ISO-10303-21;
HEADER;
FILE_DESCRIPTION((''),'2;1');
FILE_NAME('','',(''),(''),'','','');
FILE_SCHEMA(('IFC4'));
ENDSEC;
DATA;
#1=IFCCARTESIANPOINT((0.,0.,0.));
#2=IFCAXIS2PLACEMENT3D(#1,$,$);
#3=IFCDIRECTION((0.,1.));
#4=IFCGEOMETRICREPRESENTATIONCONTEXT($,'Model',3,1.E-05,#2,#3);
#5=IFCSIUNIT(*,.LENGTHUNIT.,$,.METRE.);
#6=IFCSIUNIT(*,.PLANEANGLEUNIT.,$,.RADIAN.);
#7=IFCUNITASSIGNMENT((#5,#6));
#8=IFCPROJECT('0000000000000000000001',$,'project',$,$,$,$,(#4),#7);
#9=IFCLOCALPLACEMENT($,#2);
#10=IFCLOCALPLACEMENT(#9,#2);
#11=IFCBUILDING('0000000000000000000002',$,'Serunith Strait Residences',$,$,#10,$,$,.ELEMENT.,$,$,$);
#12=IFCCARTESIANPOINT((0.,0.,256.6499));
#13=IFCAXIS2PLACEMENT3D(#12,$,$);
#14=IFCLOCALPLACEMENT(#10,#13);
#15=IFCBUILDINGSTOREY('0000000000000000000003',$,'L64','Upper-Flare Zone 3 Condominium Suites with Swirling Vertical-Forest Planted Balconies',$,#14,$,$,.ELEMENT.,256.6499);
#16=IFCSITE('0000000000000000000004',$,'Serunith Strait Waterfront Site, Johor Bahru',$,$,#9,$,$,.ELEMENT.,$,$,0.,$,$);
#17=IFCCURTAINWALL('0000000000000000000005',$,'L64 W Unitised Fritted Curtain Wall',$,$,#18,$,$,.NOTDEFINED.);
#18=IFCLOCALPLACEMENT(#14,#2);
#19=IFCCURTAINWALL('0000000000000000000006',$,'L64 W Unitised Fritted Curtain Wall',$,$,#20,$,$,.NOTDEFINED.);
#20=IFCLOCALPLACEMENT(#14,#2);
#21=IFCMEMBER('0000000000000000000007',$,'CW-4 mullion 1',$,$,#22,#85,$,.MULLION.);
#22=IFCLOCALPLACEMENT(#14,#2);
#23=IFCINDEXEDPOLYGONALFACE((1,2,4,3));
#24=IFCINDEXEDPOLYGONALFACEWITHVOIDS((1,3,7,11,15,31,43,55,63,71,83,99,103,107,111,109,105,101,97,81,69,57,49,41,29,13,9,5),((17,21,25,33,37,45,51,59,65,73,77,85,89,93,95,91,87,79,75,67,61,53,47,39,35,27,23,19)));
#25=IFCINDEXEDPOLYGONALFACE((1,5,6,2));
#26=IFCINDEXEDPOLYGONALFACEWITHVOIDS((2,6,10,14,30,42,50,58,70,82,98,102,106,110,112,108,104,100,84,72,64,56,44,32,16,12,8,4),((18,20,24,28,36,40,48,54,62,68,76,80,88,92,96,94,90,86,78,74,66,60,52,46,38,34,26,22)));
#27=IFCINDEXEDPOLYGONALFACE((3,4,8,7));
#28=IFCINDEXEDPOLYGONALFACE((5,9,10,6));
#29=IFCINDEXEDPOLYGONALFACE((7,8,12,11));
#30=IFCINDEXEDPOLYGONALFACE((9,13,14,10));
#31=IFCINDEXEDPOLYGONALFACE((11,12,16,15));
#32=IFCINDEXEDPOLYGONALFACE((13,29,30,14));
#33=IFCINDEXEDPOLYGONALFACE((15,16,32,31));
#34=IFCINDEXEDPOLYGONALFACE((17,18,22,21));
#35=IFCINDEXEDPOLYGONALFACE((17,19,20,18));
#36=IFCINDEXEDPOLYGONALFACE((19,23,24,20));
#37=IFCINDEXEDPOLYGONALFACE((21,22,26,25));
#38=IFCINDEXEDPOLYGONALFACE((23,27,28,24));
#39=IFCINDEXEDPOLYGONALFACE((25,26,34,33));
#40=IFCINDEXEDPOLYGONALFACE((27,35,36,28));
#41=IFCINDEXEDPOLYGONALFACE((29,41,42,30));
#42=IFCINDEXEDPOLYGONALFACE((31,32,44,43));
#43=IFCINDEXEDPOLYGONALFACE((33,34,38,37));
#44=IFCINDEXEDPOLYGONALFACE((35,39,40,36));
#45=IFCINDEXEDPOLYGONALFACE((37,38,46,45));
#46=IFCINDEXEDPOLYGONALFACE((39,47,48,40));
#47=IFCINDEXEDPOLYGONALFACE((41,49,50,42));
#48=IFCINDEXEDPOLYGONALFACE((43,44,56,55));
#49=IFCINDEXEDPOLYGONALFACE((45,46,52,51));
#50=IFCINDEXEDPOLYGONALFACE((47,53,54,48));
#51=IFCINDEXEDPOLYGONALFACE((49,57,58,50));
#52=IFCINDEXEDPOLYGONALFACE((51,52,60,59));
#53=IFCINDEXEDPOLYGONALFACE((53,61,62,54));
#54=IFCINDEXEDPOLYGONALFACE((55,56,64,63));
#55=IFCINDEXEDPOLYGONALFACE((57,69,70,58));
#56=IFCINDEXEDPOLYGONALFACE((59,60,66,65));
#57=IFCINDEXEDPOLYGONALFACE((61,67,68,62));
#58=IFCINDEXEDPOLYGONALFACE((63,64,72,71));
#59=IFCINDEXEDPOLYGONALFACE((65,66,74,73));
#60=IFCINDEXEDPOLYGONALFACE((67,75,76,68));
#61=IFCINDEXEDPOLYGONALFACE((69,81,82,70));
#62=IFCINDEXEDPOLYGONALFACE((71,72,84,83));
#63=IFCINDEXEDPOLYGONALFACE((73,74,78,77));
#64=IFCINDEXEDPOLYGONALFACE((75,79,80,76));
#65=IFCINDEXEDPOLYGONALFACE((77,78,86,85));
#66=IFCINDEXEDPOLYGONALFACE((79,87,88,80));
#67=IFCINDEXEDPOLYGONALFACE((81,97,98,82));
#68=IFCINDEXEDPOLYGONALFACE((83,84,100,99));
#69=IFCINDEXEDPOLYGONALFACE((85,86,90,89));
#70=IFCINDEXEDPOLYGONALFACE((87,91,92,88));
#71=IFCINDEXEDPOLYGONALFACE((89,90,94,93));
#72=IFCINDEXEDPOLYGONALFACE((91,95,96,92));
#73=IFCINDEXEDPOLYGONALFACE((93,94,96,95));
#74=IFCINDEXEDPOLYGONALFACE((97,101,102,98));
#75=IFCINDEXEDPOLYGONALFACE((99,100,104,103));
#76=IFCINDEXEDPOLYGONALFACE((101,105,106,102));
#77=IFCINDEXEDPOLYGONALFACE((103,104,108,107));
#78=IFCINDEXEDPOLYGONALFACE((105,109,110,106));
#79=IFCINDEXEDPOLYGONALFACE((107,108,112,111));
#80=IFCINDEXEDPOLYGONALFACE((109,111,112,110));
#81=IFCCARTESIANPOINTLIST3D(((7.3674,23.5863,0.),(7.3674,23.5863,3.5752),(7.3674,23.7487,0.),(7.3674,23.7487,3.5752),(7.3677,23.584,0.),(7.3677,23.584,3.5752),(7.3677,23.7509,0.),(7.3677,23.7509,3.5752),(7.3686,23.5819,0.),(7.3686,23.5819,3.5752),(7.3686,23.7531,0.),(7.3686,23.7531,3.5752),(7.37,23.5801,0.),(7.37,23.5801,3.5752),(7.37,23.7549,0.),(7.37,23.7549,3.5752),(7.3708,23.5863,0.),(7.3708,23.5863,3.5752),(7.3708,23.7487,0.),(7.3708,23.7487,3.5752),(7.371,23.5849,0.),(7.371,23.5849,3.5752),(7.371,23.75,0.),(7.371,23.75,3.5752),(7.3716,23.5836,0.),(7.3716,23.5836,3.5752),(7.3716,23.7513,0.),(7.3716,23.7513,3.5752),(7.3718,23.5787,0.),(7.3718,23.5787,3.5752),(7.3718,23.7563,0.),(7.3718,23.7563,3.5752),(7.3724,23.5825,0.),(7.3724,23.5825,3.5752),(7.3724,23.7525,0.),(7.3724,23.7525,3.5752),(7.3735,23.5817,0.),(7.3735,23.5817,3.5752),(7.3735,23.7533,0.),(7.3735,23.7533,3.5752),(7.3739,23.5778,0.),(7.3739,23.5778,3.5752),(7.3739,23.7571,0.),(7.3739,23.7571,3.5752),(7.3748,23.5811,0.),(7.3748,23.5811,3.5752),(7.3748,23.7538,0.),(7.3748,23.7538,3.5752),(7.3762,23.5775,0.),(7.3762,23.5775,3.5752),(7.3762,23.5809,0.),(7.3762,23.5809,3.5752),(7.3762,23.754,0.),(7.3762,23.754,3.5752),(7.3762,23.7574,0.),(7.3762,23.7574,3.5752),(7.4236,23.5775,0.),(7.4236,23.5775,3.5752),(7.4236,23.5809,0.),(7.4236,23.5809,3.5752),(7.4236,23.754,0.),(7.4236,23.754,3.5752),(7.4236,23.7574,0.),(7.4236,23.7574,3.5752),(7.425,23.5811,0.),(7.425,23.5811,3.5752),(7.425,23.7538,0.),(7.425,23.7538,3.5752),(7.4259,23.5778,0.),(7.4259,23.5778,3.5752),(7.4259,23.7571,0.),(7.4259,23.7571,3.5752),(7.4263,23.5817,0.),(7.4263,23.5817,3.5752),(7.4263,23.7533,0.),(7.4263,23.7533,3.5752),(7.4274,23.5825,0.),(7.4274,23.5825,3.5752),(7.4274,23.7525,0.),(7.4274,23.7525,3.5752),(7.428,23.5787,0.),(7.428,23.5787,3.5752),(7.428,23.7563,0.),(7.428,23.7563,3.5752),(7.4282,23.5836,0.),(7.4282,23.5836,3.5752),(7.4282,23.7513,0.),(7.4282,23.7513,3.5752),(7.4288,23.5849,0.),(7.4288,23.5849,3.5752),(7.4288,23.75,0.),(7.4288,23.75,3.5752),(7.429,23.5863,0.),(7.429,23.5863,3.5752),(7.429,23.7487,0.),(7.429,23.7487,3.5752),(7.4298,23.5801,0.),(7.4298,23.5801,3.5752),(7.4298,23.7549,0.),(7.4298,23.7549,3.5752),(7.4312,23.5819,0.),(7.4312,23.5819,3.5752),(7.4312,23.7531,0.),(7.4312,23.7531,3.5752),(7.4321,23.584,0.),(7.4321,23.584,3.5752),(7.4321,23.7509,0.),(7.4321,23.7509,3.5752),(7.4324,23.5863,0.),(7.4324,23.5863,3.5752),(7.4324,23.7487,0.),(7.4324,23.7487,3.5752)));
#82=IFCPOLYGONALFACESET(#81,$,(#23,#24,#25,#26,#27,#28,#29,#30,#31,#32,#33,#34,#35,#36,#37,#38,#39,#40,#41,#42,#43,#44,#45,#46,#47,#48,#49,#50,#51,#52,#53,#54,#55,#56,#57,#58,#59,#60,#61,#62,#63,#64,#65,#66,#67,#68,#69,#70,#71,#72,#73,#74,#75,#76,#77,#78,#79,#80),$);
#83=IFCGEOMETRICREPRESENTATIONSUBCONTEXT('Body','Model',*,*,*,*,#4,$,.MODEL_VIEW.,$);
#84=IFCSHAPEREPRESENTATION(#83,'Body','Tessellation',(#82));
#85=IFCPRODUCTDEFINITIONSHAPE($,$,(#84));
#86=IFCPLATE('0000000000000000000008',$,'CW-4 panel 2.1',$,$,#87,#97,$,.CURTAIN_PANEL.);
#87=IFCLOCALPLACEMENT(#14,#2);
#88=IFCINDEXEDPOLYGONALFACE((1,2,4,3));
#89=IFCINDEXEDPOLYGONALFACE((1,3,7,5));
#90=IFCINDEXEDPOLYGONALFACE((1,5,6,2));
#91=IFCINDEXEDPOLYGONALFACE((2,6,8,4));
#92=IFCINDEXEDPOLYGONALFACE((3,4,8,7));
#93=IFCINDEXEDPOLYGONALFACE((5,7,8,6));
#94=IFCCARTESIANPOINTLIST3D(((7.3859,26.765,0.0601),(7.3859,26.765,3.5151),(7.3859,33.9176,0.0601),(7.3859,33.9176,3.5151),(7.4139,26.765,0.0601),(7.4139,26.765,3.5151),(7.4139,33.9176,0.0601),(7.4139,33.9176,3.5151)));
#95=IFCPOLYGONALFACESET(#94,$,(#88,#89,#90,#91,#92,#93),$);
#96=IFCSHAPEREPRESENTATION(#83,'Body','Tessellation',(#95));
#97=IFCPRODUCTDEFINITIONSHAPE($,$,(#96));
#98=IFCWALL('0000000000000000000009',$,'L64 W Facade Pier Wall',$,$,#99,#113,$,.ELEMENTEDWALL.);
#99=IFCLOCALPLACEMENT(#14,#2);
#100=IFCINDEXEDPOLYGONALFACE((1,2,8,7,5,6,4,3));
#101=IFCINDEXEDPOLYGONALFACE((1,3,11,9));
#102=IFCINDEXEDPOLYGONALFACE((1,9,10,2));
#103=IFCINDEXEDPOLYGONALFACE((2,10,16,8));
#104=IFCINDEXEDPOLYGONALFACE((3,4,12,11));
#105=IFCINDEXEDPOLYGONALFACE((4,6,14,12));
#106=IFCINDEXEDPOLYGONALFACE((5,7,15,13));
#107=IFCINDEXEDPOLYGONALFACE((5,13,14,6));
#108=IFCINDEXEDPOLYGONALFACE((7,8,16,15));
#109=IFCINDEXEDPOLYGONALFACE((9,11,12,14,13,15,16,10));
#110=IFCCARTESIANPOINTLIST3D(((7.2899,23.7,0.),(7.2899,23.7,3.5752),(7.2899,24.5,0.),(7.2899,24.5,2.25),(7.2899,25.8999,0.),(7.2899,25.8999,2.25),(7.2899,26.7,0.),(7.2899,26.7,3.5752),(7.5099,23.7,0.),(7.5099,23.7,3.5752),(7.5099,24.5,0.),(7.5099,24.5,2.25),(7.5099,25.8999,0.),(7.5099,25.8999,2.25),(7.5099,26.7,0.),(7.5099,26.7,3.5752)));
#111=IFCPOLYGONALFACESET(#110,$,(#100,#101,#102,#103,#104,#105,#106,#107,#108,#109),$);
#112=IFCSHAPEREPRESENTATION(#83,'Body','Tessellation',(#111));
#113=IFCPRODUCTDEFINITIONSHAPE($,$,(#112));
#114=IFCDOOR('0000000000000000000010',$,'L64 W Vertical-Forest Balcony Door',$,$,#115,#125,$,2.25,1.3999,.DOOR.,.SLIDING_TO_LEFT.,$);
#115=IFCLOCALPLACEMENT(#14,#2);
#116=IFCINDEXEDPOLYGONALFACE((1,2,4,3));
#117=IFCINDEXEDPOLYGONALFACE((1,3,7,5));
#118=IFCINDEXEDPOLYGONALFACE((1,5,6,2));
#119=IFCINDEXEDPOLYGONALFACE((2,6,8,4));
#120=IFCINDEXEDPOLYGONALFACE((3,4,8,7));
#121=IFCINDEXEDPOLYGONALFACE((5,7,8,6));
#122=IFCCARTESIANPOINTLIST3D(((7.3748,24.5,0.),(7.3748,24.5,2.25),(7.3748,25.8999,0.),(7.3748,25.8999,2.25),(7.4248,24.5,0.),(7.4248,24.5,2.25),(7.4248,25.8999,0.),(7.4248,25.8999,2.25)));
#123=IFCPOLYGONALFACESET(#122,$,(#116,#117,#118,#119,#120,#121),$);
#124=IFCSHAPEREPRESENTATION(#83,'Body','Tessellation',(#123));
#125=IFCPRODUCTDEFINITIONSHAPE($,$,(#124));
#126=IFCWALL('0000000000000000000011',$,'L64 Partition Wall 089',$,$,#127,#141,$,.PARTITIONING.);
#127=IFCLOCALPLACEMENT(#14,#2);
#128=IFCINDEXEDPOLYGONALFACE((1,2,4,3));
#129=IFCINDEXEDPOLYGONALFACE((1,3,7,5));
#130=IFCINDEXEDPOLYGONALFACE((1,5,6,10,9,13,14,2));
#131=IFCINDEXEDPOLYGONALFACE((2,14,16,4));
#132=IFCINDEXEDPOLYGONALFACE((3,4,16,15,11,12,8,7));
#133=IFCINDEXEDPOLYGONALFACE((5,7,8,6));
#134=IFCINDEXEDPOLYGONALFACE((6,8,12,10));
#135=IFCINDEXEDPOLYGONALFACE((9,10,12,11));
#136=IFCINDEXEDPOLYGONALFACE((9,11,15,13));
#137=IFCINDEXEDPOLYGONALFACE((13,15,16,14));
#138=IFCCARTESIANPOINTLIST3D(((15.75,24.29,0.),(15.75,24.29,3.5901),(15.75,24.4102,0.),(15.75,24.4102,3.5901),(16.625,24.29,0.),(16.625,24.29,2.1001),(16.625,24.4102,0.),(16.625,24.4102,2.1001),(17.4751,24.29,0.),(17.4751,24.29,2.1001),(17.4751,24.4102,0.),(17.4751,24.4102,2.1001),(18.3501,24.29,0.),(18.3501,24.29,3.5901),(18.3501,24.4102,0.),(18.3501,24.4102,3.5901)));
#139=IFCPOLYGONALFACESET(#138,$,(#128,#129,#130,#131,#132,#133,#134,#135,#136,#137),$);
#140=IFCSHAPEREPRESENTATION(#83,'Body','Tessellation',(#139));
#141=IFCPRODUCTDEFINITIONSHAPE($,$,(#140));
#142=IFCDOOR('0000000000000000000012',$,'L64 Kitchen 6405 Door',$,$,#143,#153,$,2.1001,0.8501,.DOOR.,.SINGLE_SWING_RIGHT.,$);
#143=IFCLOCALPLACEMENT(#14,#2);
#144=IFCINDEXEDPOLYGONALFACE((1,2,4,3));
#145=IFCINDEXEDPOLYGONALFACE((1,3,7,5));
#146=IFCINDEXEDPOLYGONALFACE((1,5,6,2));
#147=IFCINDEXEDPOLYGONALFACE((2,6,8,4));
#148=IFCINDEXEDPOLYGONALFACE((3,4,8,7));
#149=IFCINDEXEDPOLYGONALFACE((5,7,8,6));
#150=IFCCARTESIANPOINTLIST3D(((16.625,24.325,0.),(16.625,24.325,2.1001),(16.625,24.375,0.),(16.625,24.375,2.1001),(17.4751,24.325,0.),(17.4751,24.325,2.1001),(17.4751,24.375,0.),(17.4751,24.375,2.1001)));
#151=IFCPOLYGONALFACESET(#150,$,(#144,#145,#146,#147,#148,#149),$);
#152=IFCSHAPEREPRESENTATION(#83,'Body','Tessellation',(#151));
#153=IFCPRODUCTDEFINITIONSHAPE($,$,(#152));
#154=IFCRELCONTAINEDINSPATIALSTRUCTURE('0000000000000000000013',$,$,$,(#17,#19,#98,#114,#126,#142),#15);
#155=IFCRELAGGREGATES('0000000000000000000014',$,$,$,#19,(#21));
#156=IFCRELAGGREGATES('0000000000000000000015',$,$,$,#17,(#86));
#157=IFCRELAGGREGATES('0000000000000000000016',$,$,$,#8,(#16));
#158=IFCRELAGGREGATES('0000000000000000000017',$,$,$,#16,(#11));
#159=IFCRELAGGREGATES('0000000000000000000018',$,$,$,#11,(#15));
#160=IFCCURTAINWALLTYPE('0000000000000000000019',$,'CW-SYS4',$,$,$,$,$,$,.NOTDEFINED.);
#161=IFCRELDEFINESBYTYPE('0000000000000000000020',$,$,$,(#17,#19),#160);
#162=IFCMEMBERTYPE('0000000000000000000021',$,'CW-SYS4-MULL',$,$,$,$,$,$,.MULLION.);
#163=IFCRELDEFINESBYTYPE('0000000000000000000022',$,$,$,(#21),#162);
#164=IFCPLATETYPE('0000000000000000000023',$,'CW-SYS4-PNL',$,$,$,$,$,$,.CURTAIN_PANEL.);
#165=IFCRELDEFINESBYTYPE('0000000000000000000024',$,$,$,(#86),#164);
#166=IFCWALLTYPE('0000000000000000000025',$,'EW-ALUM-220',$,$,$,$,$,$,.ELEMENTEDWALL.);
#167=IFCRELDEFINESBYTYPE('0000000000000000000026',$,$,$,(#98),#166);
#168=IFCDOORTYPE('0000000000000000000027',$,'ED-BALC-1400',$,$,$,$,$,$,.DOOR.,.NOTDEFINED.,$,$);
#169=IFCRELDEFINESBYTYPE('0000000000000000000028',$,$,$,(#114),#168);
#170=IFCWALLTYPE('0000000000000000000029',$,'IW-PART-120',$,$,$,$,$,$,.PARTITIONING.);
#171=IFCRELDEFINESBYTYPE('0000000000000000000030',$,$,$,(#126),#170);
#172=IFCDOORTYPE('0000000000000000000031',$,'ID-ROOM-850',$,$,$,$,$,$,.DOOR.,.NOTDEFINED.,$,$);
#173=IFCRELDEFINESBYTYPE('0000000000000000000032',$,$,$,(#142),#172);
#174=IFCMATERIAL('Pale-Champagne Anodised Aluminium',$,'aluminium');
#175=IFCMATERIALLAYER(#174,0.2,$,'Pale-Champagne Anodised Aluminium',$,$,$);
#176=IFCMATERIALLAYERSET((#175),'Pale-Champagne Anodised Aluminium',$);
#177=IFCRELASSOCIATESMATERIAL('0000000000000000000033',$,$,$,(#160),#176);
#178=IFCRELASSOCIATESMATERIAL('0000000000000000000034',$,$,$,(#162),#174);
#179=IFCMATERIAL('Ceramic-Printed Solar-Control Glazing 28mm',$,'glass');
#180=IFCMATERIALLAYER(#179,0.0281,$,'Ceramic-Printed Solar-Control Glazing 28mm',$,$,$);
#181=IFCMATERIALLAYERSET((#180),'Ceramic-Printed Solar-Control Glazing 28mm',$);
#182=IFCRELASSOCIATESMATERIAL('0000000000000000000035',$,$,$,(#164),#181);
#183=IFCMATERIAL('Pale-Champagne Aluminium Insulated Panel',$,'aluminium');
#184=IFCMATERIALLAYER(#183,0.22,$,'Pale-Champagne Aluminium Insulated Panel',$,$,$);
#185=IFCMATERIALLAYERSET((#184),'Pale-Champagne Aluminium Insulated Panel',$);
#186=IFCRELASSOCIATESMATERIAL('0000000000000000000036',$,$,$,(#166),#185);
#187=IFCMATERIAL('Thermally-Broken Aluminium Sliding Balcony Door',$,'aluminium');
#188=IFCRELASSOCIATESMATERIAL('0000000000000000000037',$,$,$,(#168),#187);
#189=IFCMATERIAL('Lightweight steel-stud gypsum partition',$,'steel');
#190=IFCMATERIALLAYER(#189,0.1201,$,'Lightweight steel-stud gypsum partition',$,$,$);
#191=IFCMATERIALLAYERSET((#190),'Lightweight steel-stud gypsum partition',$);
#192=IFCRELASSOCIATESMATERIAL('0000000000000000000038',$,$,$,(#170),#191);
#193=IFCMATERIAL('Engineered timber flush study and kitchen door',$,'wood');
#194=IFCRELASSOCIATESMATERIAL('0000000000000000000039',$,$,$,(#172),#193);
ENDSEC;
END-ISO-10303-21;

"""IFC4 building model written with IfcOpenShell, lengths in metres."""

from ifc_helpers import new_model, si_unit, direction, frame, frame_2d, origin, origin_2d, place, context, subcontext, project, spatial, rectangle, hollow_rectangle, extrude, source, transform, mapped, material, layer, layer_set, material_profile, profile_set, type_object, element, fill, aggregate, save


model = new_model("IFC4")

# Units and contexts
model_context = context("Model", 3, precision=1e-05, world=origin(), true_north=direction((0.0, 1.0)))
body_context = subcontext(model_context, "Body", "Model", "MODEL_VIEW")
ifc_project = project(units=[si_unit("LENGTHUNIT", "METRE"), si_unit("PLANEANGLEUNIT", "RADIAN")], contexts=[model_context])

# Site, building, storey
site_placement = place(None, origin())
site = spatial("IfcSite", under=ifc_project, at=site_placement, Name="Serunith Strait Waterfront Site, Johor Bahru", CompositionType="ELEMENT", RefElevation=0.0)
building_placement = place(site_placement, origin())
building = spatial("IfcBuilding", under=site, at=building_placement, Name="Serunith Strait Residences", CompositionType="ELEMENT")
storey_placement = place(building_placement, frame((0.0, 0.0, 256.6499)))
storey = spatial("IfcBuildingStorey", under=building, at=storey_placement, Name="L64", Description="Upper-Flare Zone 3 Condominium Suites with Swirling Vertical-Forest Planted Balconies", CompositionType="ELEMENT", Elevation=256.6499)

# Curtain wall
ifc_material_1 = material(Name="Pale-Champagne Anodised Aluminium", Category="aluminium")
ifc_layer_1 = layer(ifc_material_1, 0.2, Name="Pale-Champagne Anodised Aluminium")
ifc_layer_set_1 = layer_set([ifc_layer_1], Name="Pale-Champagne Anodised Aluminium")
curtain_wall_type = type_object("IfcCurtainWallType", Name="CW-SYS4", PredefinedType="NOTDEFINED", material=ifc_layer_set_1)
curtain_wall_1_placement = place(storey_placement, origin())
curtain_wall_1 = element("IfcCurtainWall", 1, at=curtain_wall_1_placement, inside=storey, type_object=curtain_wall_type, Name="L64 W Unitised Fritted Curtain Wall", PredefinedType="NOTDEFINED")

# Curtain wall
curtain_wall_2_placement = place(storey_placement, origin())
curtain_wall_2 = element("IfcCurtainWall", 2, at=curtain_wall_2_placement, inside=storey, type_object=curtain_wall_type, Name="L64 W Unitised Fritted Curtain Wall", PredefinedType="NOTDEFINED")

# Member
ifc_material_profile_1 = material_profile(ifc_material_1, hollow_rectangle(XDim=0.0649, YDim=0.1799, WallThickness=0.0034, InnerFilletRadius=0.0054, OuterFilletRadius=0.0088, at=origin_2d()), Name="ALU 180x65x3.5")
ifc_profile_set_1 = profile_set([ifc_material_profile_1], Name="Pale-Champagne Anodised Aluminium")
member_type_1 = type_object("IfcMemberType", Name="CW-SYS4-MULL", PredefinedType="MULLION", material=ifc_profile_set_1)
shared_shape_1 = source(origin(), body_context, "Body", "SweptSolid", [
    extrude(hollow_rectangle(XDim=0.0649, YDim=0.1799, WallThickness=0.0034, InnerFilletRadius=0.0054, OuterFilletRadius=0.0088, at=origin_2d()), origin(), (0.0, 0.0, 1.0), 3.5752),
])
member_1_placement = place(storey_placement, frame((7.3999, 23.6675, 0.0), z_axis=(0.0, 0.0, 1.0), x_axis=(1.0, 0.0, 0.0)))
member_1 = element("IfcMember", 3, at=member_1_placement, type_object=member_type_1, Name="CW-4 mullion 1", PredefinedType="MULLION", context=body_context, shape_type="MappedRepresentation", body=[
    mapped(shared_shape_1, transform((0.0, 0.0, 0.0), scale=1.0)),
])
aggregate(curtain_wall_2, [member_1])

# Plate
ifc_material_2 = material(Name="Ceramic-Printed Solar-Control Glazing 28mm", Category="glass")
ifc_layer_2 = layer(ifc_material_2, 0.0281, Name="Ceramic-Printed Solar-Control Glazing 28mm")
ifc_layer_set_2 = layer_set([ifc_layer_2], Name="Ceramic-Printed Solar-Control Glazing 28mm")
plate_type = type_object("IfcPlateType", Name="CW-SYS4-PNL", PredefinedType="CURTAIN_PANEL", material=ifc_layer_set_2)
shared_shape_2 = source(origin(), body_context, "Body", "SweptSolid", [
    extrude(rectangle(XDim=7.1526, YDim=0.0281, at=origin_2d()), origin(), (0.0, 0.0, 1.0), 3.4551),
])
plate_placement = place(storey_placement, frame((7.3999, 30.3413, 0.0601), z_axis=(0.0, 0.0, 1.0), x_axis=(0.0, -1.0, 0.0)))
plate = element("IfcPlate", 4, at=plate_placement, type_object=plate_type, Name="CW-4 panel 2.1", PredefinedType="CURTAIN_PANEL", context=body_context, shape_type="MappedRepresentation", body=[
    mapped(shared_shape_2, transform((0.0, 0.0, 0.0), scale=1.0)),
])
aggregate(curtain_wall_1, [plate])

# Walls, openings, doors
ifc_material_3 = material(Name="Pale-Champagne Aluminium Insulated Panel", Category="aluminium")
ifc_layer_3 = layer(ifc_material_3, 0.22, Name="Pale-Champagne Aluminium Insulated Panel")
ifc_layer_set_3 = layer_set([ifc_layer_3], Name="Pale-Champagne Aluminium Insulated Panel")
wall_type_1 = type_object("IfcWallType", Name="EW-ALUM-220", PredefinedType="ELEMENTEDWALL", material=ifc_layer_set_3)
wall_1_placement = place(storey_placement, frame((7.3999, 26.7, 0.0), z_axis=(0.0, 0.0, 1.0), x_axis=(0.0, -1.0, 0.0)))
wall_1 = element("IfcWall", 5, at=wall_1_placement, inside=storey, type_object=wall_type_1, Name="L64 W Facade Pier Wall", PredefinedType="ELEMENTEDWALL", context=body_context, shape_type="SweptSolid", body=[
    extrude(rectangle(XDim=3.0, YDim=0.22, at=frame_2d((1.5, 0.0))), origin(), (0.0, 0.0, 1.0), 3.5752),
])
opening_1_placement = place(wall_1_placement, frame((0.8, 0.0, 0.0)))
opening_1 = element("IfcOpeningElement", 6, at=opening_1_placement, cuts=wall_1, PredefinedType="OPENING", context=body_context, shape_type="SweptSolid", body=[
    extrude(rectangle(XDim=1.3999, YDim=2.25, at=frame_2d((0.7, 1.125))), frame((0.0, 0.1201, 0.0), z_axis=(0.0, -1.0, 0.0), x_axis=(1.0, 0.0, 0.0)), (0.0, 0.0, 1.0), 0.24),
])
ifc_material_4 = material(Name="Thermally-Broken Aluminium Sliding Balcony Door", Category="aluminium")
door_type_1 = type_object("IfcDoorType", Name="ED-BALC-1400", OperationType="NOTDEFINED", PredefinedType="DOOR", material=ifc_material_4)
shared_shape_3 = source(origin(), body_context, "Body", "SweptSolid", [
    extrude(rectangle(XDim=1.3999, YDim=2.25, at=frame_2d((0.7, 1.125))), frame((0.0, 0.0249, 0.0), z_axis=(0.0, -1.0, 0.0), x_axis=(1.0, 0.0, 0.0)), (0.0, 0.0, 1.0), 0.05),
])
door_1_placement = place(opening_1_placement, origin())
door_1 = element("IfcDoor", 7, at=door_1_placement, inside=storey, type_object=door_type_1, Name="L64 W Vertical-Forest Balcony Door", OperationType="SLIDING_TO_LEFT", OverallHeight=2.25, OverallWidth=1.3999, PredefinedType="DOOR", context=body_context, shape_type="MappedRepresentation", body=[
    mapped(shared_shape_3, transform((0.0, 0.0, 0.0), scale=1.0)),
])
fill(opening_1, door_1)
ifc_material_5 = material(Name="Lightweight steel-stud gypsum partition", Category="steel")
ifc_layer_4 = layer(ifc_material_5, 0.1201, Name="Lightweight steel-stud gypsum partition")
ifc_layer_set_4 = layer_set([ifc_layer_4], Name="Lightweight steel-stud gypsum partition")
wall_type_2 = type_object("IfcWallType", Name="IW-PART-120", PredefinedType="PARTITIONING", material=ifc_layer_set_4)
wall_2_placement = place(storey_placement, frame((15.75, 24.3501, 0.0), z_axis=(0.0, 0.0, 1.0), x_axis=(1.0, 0.0, 0.0)))
wall_2 = element("IfcWall", 8, at=wall_2_placement, inside=storey, type_object=wall_type_2, Name="L64 Partition Wall 089", PredefinedType="PARTITIONING", context=body_context, shape_type="SweptSolid", body=[
    extrude(rectangle(XDim=2.6001, YDim=0.1201, at=frame_2d((1.3, 0.0))), origin(), (0.0, 0.0, 1.0), 3.5901),
])
opening_2_placement = place(wall_2_placement, frame((0.875, 0.0, 0.0)))
opening_2 = element("IfcOpeningElement", 9, at=opening_2_placement, cuts=wall_2, PredefinedType="OPENING", context=body_context, shape_type="SweptSolid", body=[
    extrude(rectangle(XDim=0.8501, YDim=2.1001, at=frame_2d((0.425, 1.05))), frame((0.0, 0.0701, 0.0), z_axis=(0.0, -1.0, 0.0), x_axis=(1.0, 0.0, 0.0)), (0.0, 0.0, 1.0), 0.1401),
])
ifc_material_6 = material(Name="Engineered timber flush study and kitchen door", Category="wood")
door_type_2 = type_object("IfcDoorType", Name="ID-ROOM-850", OperationType="NOTDEFINED", PredefinedType="DOOR", material=ifc_material_6)
shared_shape_4 = source(origin(), body_context, "Body", "SweptSolid", [
    extrude(rectangle(XDim=0.8501, YDim=2.1001, at=frame_2d((0.425, 1.05))), frame((0.0, 0.0249, 0.0), z_axis=(0.0, -1.0, 0.0), x_axis=(1.0, 0.0, 0.0)), (0.0, 0.0, 1.0), 0.05),
])
door_2_placement = place(opening_2_placement, origin())
door_2 = element("IfcDoor", 10, at=door_2_placement, inside=storey, type_object=door_type_2, Name="L64 Kitchen 6405 Door", OperationType="SINGLE_SWING_RIGHT", OverallHeight=2.1001, OverallWidth=0.8501, PredefinedType="DOOR", context=body_context, shape_type="MappedRepresentation", body=[
    mapped(shared_shape_4, transform((0.0, 0.0, 0.0), scale=1.0)),
])
fill(opening_2, door_2)

save(model, "model.ifc")
